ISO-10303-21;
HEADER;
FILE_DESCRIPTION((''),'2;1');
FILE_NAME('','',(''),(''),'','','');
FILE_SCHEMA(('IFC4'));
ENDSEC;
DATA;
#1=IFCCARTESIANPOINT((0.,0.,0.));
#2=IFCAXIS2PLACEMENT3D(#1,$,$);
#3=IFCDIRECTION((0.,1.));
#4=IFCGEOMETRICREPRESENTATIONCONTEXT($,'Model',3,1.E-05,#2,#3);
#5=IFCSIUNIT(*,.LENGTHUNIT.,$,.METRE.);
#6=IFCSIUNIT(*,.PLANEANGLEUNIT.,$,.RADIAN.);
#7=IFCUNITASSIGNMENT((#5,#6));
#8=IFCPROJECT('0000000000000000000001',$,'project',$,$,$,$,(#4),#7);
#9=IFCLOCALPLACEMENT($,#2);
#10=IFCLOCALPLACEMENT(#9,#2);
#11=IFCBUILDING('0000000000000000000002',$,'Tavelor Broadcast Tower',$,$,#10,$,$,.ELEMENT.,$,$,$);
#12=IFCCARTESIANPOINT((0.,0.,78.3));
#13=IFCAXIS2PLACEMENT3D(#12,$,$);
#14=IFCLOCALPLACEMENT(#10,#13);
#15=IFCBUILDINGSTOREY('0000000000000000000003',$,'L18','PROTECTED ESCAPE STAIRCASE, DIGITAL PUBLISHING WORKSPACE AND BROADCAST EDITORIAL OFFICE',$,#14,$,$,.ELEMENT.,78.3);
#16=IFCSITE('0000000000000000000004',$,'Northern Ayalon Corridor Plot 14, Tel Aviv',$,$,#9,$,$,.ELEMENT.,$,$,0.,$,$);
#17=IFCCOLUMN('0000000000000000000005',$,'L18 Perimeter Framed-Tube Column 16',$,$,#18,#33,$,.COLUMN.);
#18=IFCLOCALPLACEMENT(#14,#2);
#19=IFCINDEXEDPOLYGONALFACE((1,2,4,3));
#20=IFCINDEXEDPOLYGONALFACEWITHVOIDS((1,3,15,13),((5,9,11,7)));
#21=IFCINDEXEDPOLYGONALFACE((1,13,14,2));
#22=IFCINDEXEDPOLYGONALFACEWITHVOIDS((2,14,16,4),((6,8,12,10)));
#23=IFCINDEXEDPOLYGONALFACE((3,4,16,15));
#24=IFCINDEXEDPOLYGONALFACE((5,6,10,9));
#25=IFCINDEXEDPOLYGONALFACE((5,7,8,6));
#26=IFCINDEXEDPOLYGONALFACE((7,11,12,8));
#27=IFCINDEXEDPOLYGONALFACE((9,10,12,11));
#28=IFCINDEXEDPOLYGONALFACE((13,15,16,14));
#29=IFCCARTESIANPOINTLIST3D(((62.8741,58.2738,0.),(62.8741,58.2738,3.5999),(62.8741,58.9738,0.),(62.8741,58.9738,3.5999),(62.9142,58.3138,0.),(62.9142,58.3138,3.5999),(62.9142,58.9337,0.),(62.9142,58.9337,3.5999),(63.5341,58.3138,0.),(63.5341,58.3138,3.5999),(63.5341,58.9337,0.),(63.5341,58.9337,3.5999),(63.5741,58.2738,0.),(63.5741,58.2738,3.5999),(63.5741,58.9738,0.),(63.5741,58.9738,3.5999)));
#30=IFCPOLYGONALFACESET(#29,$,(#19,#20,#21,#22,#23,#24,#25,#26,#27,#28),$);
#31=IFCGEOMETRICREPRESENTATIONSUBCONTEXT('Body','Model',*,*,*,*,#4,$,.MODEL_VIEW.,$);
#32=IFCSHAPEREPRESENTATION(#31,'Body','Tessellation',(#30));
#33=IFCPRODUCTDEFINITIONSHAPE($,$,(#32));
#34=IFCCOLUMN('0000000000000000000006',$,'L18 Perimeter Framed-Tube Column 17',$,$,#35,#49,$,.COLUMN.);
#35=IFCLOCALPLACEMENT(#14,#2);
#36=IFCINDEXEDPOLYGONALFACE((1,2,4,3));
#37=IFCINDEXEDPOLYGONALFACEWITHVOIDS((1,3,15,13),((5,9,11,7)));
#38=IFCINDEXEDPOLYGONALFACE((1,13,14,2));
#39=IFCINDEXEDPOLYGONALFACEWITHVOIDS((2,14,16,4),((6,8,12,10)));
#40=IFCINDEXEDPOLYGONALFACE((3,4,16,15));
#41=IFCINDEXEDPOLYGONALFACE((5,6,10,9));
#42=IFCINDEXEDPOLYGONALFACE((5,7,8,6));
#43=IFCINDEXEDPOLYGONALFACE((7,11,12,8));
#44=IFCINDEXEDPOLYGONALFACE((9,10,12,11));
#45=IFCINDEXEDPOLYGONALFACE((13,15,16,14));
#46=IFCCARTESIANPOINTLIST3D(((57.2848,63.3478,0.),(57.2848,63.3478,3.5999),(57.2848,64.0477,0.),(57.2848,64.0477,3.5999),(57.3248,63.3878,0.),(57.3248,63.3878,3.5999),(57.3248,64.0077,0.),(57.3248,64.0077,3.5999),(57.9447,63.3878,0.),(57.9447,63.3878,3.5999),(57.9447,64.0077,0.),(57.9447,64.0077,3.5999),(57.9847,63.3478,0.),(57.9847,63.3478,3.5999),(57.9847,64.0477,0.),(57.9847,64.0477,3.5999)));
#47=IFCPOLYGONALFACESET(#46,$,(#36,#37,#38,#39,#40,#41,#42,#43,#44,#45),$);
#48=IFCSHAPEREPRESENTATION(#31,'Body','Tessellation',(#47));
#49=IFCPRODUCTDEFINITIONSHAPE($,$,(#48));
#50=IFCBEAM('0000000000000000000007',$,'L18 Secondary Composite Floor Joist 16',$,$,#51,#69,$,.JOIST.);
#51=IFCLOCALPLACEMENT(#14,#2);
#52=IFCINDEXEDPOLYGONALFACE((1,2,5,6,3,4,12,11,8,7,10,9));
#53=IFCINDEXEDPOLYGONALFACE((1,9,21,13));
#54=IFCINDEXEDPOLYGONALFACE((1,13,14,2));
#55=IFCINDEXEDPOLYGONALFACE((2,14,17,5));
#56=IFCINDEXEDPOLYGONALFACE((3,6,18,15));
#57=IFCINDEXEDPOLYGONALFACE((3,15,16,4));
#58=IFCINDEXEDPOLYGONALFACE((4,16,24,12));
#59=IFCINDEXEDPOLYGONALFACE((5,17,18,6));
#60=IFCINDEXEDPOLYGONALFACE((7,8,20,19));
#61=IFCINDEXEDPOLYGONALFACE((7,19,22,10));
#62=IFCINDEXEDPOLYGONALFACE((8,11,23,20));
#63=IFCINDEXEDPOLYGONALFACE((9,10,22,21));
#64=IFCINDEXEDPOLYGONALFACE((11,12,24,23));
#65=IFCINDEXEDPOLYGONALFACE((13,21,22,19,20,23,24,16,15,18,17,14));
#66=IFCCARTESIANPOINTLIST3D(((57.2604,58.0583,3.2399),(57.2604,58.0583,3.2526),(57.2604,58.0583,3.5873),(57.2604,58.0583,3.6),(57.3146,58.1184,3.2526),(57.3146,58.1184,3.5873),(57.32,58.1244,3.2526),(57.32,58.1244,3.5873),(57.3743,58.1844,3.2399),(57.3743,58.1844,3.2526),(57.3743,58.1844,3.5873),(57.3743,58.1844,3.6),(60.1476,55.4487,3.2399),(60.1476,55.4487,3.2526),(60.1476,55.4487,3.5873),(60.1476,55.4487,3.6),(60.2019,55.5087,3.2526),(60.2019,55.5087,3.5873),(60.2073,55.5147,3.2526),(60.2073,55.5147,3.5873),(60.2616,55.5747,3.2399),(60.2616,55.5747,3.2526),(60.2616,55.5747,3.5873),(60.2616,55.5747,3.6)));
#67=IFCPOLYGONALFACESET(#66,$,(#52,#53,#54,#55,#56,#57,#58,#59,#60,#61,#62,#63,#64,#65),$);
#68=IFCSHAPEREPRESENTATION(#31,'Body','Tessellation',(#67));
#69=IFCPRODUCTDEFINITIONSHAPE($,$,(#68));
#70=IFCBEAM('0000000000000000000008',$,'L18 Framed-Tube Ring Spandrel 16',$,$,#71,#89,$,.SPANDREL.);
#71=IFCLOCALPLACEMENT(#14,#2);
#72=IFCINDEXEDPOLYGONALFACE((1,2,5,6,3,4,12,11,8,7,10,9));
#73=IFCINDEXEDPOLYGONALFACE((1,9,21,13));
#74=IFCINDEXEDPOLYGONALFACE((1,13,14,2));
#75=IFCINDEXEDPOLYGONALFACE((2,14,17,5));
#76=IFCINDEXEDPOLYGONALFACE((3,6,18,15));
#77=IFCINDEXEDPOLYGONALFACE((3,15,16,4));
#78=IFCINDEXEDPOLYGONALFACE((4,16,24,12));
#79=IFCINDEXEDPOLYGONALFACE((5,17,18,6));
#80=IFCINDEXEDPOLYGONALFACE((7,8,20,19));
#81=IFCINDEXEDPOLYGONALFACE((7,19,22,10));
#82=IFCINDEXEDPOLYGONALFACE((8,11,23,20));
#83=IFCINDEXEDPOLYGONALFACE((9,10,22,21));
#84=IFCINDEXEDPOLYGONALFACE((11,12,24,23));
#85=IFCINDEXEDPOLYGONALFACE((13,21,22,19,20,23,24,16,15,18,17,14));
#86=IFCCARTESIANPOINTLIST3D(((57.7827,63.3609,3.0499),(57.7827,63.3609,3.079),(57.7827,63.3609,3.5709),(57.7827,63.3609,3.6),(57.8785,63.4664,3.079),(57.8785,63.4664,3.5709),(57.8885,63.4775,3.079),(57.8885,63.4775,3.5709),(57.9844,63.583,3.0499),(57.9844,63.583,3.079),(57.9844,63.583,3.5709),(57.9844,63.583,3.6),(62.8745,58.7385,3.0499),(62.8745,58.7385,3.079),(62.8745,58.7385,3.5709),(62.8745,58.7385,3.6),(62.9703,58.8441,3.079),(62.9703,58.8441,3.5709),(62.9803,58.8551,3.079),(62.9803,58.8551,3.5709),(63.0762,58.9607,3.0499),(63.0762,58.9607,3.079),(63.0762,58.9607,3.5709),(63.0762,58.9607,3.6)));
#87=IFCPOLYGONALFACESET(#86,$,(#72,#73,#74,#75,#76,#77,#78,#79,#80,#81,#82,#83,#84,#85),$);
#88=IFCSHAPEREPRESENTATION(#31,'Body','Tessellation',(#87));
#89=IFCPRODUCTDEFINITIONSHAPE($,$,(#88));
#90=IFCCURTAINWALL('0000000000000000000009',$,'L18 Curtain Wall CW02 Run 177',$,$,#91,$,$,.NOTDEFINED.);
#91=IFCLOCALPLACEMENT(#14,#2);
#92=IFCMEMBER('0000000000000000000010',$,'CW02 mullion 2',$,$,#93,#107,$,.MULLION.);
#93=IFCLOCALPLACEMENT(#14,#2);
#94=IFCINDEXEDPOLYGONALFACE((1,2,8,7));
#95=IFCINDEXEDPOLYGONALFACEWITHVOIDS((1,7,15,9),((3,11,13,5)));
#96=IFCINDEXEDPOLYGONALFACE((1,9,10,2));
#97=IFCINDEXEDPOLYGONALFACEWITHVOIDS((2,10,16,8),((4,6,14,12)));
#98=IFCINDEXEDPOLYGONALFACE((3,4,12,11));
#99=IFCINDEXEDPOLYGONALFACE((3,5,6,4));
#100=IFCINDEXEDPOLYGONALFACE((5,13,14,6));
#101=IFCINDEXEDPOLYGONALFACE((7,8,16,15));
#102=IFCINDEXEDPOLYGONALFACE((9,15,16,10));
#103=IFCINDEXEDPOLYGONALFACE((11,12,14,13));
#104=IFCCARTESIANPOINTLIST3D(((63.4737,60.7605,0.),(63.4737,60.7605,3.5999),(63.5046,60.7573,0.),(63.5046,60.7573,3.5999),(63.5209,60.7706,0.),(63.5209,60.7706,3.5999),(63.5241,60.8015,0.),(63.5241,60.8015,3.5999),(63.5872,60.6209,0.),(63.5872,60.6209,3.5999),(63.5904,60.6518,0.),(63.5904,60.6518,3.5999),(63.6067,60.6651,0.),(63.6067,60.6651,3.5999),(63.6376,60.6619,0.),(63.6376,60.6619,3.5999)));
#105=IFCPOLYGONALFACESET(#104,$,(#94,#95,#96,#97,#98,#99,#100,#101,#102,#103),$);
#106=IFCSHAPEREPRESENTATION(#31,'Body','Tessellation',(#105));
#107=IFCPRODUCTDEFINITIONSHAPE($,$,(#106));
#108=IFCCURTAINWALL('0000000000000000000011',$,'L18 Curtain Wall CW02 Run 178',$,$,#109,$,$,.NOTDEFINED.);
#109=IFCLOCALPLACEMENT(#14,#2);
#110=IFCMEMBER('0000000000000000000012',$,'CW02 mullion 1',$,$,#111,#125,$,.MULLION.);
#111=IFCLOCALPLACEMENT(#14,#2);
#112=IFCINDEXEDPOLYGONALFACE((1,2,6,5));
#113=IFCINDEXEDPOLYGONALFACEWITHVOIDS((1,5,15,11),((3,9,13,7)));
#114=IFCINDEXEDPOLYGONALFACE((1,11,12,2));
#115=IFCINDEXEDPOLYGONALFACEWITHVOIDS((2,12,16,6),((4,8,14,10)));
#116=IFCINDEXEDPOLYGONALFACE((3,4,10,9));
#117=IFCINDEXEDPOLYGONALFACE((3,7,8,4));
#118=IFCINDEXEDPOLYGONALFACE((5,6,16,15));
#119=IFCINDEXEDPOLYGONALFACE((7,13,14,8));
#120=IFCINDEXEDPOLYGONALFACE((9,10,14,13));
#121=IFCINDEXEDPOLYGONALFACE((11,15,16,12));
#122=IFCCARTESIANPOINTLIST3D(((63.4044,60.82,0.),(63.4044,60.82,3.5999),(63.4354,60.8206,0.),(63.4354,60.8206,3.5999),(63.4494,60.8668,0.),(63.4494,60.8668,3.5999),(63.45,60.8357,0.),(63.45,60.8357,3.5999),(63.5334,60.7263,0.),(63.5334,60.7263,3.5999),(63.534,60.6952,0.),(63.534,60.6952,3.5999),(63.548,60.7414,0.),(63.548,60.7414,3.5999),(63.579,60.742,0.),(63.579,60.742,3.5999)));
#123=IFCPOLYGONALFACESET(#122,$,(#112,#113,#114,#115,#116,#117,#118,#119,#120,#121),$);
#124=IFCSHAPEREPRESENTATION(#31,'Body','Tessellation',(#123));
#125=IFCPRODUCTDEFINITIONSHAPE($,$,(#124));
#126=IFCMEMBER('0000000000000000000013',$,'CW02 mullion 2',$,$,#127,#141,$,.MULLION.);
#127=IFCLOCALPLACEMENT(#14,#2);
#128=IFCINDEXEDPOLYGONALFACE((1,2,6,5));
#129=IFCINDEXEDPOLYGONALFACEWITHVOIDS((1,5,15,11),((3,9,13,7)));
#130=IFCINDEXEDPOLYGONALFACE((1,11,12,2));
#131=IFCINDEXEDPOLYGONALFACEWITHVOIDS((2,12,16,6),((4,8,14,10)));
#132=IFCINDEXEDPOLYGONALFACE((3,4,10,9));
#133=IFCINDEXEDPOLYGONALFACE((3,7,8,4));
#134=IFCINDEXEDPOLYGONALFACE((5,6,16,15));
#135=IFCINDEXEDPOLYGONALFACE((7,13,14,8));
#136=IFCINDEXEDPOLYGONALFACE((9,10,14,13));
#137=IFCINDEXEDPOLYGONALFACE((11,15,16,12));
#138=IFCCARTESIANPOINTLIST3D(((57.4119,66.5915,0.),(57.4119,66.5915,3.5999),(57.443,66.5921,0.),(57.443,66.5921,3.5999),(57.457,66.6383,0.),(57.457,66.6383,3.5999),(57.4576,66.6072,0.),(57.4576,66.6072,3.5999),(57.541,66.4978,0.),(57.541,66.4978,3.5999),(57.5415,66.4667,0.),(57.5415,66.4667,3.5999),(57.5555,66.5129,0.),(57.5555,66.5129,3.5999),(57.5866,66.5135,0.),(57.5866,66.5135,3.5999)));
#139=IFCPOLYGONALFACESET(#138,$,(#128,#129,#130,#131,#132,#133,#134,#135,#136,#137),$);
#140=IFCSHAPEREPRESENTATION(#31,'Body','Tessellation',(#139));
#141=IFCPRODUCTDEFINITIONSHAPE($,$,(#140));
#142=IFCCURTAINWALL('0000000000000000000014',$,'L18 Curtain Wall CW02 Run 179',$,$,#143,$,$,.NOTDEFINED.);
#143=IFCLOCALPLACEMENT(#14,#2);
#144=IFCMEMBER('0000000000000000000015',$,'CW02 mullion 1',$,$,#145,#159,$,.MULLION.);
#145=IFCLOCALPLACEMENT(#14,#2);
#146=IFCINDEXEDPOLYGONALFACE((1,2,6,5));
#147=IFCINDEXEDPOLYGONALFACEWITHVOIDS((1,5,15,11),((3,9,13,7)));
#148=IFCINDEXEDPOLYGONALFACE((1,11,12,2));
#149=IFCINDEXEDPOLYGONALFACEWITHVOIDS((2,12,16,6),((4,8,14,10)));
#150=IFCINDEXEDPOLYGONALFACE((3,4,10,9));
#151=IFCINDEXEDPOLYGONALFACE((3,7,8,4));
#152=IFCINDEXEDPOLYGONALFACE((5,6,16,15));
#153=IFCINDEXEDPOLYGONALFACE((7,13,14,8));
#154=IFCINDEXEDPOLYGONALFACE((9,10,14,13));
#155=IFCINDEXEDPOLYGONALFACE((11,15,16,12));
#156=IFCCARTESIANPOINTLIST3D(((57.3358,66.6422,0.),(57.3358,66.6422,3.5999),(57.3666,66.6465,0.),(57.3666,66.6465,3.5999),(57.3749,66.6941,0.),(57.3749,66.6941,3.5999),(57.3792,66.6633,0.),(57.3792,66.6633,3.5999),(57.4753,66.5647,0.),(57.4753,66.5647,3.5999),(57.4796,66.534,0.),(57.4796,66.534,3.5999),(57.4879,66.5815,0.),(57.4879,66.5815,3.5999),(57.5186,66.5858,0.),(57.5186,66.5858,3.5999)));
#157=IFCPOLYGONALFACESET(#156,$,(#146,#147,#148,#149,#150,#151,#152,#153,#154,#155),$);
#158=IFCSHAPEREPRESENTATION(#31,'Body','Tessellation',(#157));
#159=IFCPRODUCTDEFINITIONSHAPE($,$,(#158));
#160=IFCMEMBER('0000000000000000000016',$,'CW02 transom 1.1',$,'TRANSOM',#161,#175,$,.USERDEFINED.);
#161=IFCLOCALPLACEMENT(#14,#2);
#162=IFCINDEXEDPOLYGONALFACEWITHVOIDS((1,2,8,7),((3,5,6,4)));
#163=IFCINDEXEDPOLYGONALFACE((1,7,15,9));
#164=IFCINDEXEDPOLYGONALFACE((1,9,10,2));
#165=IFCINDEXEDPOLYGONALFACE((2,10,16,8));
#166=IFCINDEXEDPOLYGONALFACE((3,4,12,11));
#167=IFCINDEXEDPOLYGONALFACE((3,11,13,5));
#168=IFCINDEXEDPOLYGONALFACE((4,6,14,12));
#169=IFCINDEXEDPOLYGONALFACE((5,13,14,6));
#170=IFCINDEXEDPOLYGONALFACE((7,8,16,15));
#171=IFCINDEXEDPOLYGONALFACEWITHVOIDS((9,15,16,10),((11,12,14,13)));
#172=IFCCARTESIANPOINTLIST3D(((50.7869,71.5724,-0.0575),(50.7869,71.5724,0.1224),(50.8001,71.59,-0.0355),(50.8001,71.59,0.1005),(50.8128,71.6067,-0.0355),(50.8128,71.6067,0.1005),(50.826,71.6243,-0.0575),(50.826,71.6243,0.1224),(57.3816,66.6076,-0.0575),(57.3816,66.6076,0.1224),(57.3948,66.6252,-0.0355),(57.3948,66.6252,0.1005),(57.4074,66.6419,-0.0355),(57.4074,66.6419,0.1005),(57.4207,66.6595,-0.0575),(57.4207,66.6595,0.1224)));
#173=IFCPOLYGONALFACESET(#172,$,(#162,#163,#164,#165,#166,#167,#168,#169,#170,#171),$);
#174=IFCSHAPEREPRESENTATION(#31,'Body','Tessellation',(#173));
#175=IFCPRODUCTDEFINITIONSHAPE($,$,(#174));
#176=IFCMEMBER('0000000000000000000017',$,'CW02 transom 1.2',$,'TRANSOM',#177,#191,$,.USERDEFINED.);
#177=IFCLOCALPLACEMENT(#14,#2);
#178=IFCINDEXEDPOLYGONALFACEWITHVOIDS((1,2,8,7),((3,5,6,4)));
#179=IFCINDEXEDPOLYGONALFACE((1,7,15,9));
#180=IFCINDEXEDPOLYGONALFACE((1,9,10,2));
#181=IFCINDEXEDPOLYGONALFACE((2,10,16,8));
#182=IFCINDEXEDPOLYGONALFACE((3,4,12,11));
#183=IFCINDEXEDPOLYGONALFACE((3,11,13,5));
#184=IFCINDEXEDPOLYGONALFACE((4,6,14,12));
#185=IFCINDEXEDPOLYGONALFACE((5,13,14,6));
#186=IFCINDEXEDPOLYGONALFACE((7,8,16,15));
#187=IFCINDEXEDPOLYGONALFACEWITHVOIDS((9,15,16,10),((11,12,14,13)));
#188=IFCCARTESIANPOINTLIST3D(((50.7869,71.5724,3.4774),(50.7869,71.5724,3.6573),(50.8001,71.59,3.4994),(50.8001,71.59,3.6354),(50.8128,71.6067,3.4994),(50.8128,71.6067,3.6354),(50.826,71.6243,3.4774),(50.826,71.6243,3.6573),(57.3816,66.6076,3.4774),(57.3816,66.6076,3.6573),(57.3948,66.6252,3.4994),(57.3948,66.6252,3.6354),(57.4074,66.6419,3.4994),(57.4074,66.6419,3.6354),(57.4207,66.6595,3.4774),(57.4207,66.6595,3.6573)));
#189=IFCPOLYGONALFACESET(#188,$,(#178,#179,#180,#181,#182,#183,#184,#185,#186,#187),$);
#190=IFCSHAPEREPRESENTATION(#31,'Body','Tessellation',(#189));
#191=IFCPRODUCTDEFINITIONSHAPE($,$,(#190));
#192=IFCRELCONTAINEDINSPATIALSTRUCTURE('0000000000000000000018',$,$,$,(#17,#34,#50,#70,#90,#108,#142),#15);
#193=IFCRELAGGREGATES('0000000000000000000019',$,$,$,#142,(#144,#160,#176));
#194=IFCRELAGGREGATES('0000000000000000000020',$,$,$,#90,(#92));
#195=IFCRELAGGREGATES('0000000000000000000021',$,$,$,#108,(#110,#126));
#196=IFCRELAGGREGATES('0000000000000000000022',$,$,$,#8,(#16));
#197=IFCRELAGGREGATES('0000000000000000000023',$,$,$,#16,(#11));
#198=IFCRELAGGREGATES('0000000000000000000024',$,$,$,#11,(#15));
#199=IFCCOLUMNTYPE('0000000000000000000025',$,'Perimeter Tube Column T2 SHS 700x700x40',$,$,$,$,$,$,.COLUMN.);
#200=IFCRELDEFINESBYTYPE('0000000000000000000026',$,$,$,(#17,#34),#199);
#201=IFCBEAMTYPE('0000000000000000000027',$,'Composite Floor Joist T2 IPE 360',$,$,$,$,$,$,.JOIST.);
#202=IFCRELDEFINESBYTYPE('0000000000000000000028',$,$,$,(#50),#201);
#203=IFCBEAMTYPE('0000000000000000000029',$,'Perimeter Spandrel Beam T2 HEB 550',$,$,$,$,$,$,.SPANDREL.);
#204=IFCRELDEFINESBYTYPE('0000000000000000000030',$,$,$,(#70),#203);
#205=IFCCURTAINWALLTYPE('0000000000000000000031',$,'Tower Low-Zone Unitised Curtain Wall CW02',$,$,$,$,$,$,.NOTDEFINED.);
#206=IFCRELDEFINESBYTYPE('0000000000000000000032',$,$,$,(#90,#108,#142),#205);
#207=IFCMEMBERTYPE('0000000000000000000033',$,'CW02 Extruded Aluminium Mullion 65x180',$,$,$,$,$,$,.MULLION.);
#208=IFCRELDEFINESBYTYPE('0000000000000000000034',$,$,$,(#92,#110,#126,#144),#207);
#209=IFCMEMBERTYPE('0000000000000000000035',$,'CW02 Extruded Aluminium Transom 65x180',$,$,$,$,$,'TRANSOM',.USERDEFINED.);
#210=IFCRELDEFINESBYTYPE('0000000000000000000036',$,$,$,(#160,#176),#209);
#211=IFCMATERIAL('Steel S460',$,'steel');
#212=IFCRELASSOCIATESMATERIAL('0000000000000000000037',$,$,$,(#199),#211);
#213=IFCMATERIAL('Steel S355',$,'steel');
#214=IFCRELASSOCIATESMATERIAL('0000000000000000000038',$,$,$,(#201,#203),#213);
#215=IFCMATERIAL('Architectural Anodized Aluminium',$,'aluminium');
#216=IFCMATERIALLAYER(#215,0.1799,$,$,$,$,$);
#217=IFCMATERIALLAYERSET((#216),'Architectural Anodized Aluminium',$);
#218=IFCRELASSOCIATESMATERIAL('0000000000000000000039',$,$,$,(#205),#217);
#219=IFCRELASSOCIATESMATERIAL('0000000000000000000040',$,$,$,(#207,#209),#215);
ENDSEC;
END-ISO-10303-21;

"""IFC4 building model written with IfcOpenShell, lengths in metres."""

from ifc_helpers import new_model, si_unit, direction, frame, origin, origin_2d, place, context, subcontext, project, spatial, hollow_rectangle, i_section, extrude, source, transform, mapped, material, layer, layer_set, material_profile, profile_set, type_object, type_shapes, element, aggregate, save


model = new_model("IFC4")

# Units and contexts
model_context = context("Model", 3, precision=1e-05, world=origin(), true_north=direction((0.0, 1.0)))
body_context = subcontext(model_context, "Body", "Model", "MODEL_VIEW")
ifc_project = project(units=[si_unit("LENGTHUNIT", "METRE"), si_unit("PLANEANGLEUNIT", "RADIAN")], contexts=[model_context])

# Site, building, storey
site_placement = place(None, origin())
site = spatial("IfcSite", under=ifc_project, at=site_placement, Name="Northern Ayalon Corridor Plot 14, Tel Aviv", CompositionType="ELEMENT", RefElevation=0.0)
building_placement = place(site_placement, origin())
building = spatial("IfcBuilding", under=site, at=building_placement, Name="Tavelor Broadcast Tower", CompositionType="ELEMENT")
storey_placement = place(building_placement, frame((0.0, 0.0, 78.3)))
storey = spatial("IfcBuildingStorey", under=building, at=storey_placement, Name="L18", Description="PROTECTED ESCAPE STAIRCASE, DIGITAL PUBLISHING WORKSPACE AND BROADCAST EDITORIAL OFFICE", CompositionType="ELEMENT", Elevation=78.3)

# Columns
ifc_material_1 = material(Name="Steel S460", Category="steel")
ifc_material_profile_1 = material_profile(ifc_material_1, hollow_rectangle(XDim=0.7, YDim=0.7, WallThickness=0.04, at=origin_2d()), Name="SHS 700x700x40")
ifc_profile_set_1 = profile_set([ifc_material_profile_1], Name="Steel S460")
column_type = type_object("IfcColumnType", Name="Perimeter Tube Column T2 SHS 700x700x40", PredefinedType="COLUMN", material=ifc_profile_set_1)
for number, where, z_axis, x_axis, name in (
    (1, (63.2241, 58.6238, 0.0), (0.0, 0.0, 1.0), (1.0, 0.0, 0.0), "L18 Perimeter Framed-Tube Column 16"),
    (2, (57.6348, 63.6978, 0.0), (0.0, 0.0, 1.0), (1.0, 0.0, 0.0), "L18 Perimeter Framed-Tube Column 17"),
):
    element("IfcColumn", number, at=place(storey_placement, frame(where, z_axis=z_axis, x_axis=x_axis)), inside=storey, type_object=column_type, Name=name, PredefinedType="COLUMN", context=body_context, shape_type="SweptSolid", body=[
        extrude(hollow_rectangle(XDim=0.7, YDim=0.7, WallThickness=0.04, at=origin_2d()), origin(), (0.0, 0.0, 1.0), 3.5999),
    ])

# Beams
ifc_material_2 = material(Name="Steel S355", Category="steel")
ifc_material_profile_2 = material_profile(ifc_material_2, i_section(OverallWidth=0.1699, OverallDepth=0.3601, WebThickness=0.0081, FlangeThickness=0.0127, at=origin_2d()), Name="IPE 360")
ifc_profile_set_2 = profile_set([ifc_material_profile_2], Name="Steel S355")
beam_type_1 = type_object("IfcBeamType", Name="Composite Floor Joist T2 IPE 360", PredefinedType="JOIST", material=ifc_profile_set_2)
beam_1_placement = place(storey_placement, frame((60.2046, 55.5117, 3.4199), z_axis=(-0.74187, 0.670544, 0.0), x_axis=(-0.670544, -0.74187, 0.0)))
element("IfcBeam", 3, at=beam_1_placement, inside=storey, type_object=beam_type_1, Name="L18 Secondary Composite Floor Joist 16", PredefinedType="JOIST", context=body_context, shape_type="SweptSolid", body=[
    extrude(i_section(OverallWidth=0.1699, OverallDepth=0.3601, WebThickness=0.0081, FlangeThickness=0.0127, at=origin_2d()), origin(), (0.0, 0.0, 1.0), 3.8918),
])
ifc_material_profile_3 = material_profile(ifc_material_2, i_section(OverallWidth=0.3, OverallDepth=0.55, WebThickness=0.0149, FlangeThickness=0.0291, at=origin_2d()), Name="HEB 550")
ifc_profile_set_3 = profile_set([ifc_material_profile_3], Name="Steel S355")
beam_type_2 = type_object("IfcBeamType", Name="Perimeter Spandrel Beam T2 HEB 550", PredefinedType="SPANDREL", material=ifc_profile_set_3)
beam_2_placement = place(storey_placement, frame((62.9753, 58.8496, 3.325), z_axis=(-0.740417, 0.672148, 0.0), x_axis=(-0.672148, -0.740417, 0.0)))
element("IfcBeam", 4, at=beam_2_placement, inside=storey, type_object=beam_type_2, Name="L18 Framed-Tube Ring Spandrel 16", PredefinedType="SPANDREL", context=body_context, shape_type="SweptSolid", body=[
    extrude(i_section(OverallWidth=0.3, OverallDepth=0.55, WebThickness=0.0149, FlangeThickness=0.0291, at=origin_2d()), origin(), (0.0, 0.0, 1.0), 6.877),
])

# Curtain wall, member
ifc_material_3 = material(Name="Architectural Anodized Aluminium", Category="aluminium")
ifc_layer_1 = layer(ifc_material_3, 0.1799)
ifc_layer_set_1 = layer_set([ifc_layer_1], Name="Architectural Anodized Aluminium")
curtain_wall_type = type_object("IfcCurtainWallType", Name="Tower Low-Zone Unitised Curtain Wall CW02", PredefinedType="NOTDEFINED", material=ifc_layer_set_1)
curtain_wall_1_placement = place(storey_placement, origin())
curtain_wall_1 = element("IfcCurtainWall", 5, at=curtain_wall_1_placement, inside=storey, type_object=curtain_wall_type, Name="L18 Curtain Wall CW02 Run 177", PredefinedType="NOTDEFINED")
ifc_material_profile_4 = material_profile(ifc_material_3, hollow_rectangle(XDim=0.0649, YDim=0.1799, WallThickness=0.022, at=origin_2d()), Name="RHS 65x180x22")
ifc_profile_set_4 = profile_set([ifc_material_profile_4], Name="Architectural Anodized Aluminium")
member_type_1 = type_object("IfcMemberType", Name="CW02 Extruded Aluminium Mullion 65x180", PredefinedType="MULLION", material=ifc_profile_set_4)
shared_shape_1 = source(origin(), body_context, "Body", "SweptSolid", [
    extrude(hollow_rectangle(XDim=0.0649, YDim=0.1799, WallThickness=0.022, at=origin_2d()), origin(), (0.0, 0.0, 1.0), 3.5999),
])
type_shapes(member_type_1, [shared_shape_1])
member_1_placement = place(storey_placement, frame((63.5557, 60.7112, 0.0), z_axis=(0.0, 0.0, 1.0), x_axis=(-0.775765, -0.631022, 0.0)))
member_1 = element("IfcMember", 6, at=member_1_placement, type_object=member_type_1, Name="CW02 mullion 2", PredefinedType="MULLION", context=body_context, shape_type="MappedRepresentation", body=[
    mapped(shared_shape_1, transform((0.0, 0.0, 0.0), scale=1.0)),
])

# Curtain walls, members
curtain_wall_2_placement = place(storey_placement, origin())
curtain_wall_2 = element("IfcCurtainWall", 7, at=curtain_wall_2_placement, inside=storey, type_object=curtain_wall_type, Name="L18 Curtain Wall CW02 Run 178", PredefinedType="NOTDEFINED")
member_2_placement = place(storey_placement, frame((63.4917, 60.781, 0.0), z_axis=(0.0, 0.0, 1.0), x_axis=(-0.693714, -0.72025, 0.0)))
member_2 = element("IfcMember", 8, at=member_2_placement, type_object=member_type_1, Name="CW02 mullion 1", PredefinedType="MULLION", context=body_context, shape_type="MappedRepresentation", body=[
    mapped(shared_shape_1, transform((0.0, 0.0, 0.0), scale=1.0)),
])
member_3_placement = place(storey_placement, frame((57.4993, 66.5525, 0.0), z_axis=(0.0, 0.0, 1.0), x_axis=(-0.693714, -0.72025, 0.0)))
member_3 = element("IfcMember", 9, at=member_3_placement, type_object=member_type_1, Name="CW02 mullion 2", PredefinedType="MULLION", context=body_context, shape_type="MappedRepresentation", body=[
    mapped(shared_shape_1, transform((0.0, 0.0, 0.0), scale=1.0)),
])
curtain_wall_3_placement = place(storey_placement, origin())
curtain_wall_3 = element("IfcCurtainWall", 10, at=curtain_wall_3_placement, inside=storey, type_object=curtain_wall_type, Name="L18 Curtain Wall CW02 Run 179", PredefinedType="NOTDEFINED")
member_4_placement = place(storey_placement, frame((57.4272, 66.614, 0.0), z_axis=(0.0, 0.0, 1.0), x_axis=(-0.601461, -0.798902, 0.0)))
member_4 = element("IfcMember", 11, at=member_4_placement, type_object=member_type_1, Name="CW02 mullion 1", PredefinedType="MULLION", context=body_context, shape_type="MappedRepresentation", body=[
    mapped(shared_shape_1, transform((0.0, 0.0, 0.0), scale=1.0)),
])
ifc_material_profile_5 = material_profile(ifc_material_3, hollow_rectangle(XDim=0.0649, YDim=0.1799, WallThickness=0.022, at=origin_2d()), Name="RHS 65x180x22")
ifc_profile_set_5 = profile_set([ifc_material_profile_5], Name="Architectural Anodized Aluminium")
member_type_2 = type_object("IfcMemberType", Name="CW02 Extruded Aluminium Transom 65x180", ElementType="TRANSOM", PredefinedType="USERDEFINED", material=ifc_profile_set_5)
shared_shape_2 = source(origin(), body_context, "Body", "SweptSolid", [
    extrude(hollow_rectangle(XDim=0.0649, YDim=0.1799, WallThickness=0.022, at=origin_2d()), origin(), (0.0, 0.0, 1.0), 8.2546),
])
member_5_placement = place(storey_placement, frame((57.4011, 66.6335, 0.0325), z_axis=(-0.798906, 0.601457, 0.0), x_axis=(-0.601457, -0.798906, 0.0)))
member_5 = element("IfcMember", 12, at=member_5_placement, type_object=member_type_2, Name="CW02 transom 1.1", ObjectType="TRANSOM", PredefinedType="USERDEFINED", context=body_context, shape_type="MappedRepresentation", body=[
    mapped(shared_shape_2, transform((0.0, 0.0, 0.0), scale=1.0)),
])
member_6_placement = place(storey_placement, frame((57.4011, 66.6335, 3.5674), z_axis=(-0.798906, 0.601457, 0.0), x_axis=(-0.601457, -0.798906, 0.0)))
member_6 = element("IfcMember", 13, at=member_6_placement, type_object=member_type_2, Name="CW02 transom 1.2", ObjectType="TRANSOM", PredefinedType="USERDEFINED", context=body_context, shape_type="MappedRepresentation", body=[
    mapped(shared_shape_2, transform((0.0, 0.0, 0.0), scale=1.0)),
])
aggregate(curtain_wall_3, [member_4, member_5, member_6])

aggregate(curtain_wall_1, [member_1])
aggregate(curtain_wall_2, [member_2, member_3])

save(model, "model.ifc")
